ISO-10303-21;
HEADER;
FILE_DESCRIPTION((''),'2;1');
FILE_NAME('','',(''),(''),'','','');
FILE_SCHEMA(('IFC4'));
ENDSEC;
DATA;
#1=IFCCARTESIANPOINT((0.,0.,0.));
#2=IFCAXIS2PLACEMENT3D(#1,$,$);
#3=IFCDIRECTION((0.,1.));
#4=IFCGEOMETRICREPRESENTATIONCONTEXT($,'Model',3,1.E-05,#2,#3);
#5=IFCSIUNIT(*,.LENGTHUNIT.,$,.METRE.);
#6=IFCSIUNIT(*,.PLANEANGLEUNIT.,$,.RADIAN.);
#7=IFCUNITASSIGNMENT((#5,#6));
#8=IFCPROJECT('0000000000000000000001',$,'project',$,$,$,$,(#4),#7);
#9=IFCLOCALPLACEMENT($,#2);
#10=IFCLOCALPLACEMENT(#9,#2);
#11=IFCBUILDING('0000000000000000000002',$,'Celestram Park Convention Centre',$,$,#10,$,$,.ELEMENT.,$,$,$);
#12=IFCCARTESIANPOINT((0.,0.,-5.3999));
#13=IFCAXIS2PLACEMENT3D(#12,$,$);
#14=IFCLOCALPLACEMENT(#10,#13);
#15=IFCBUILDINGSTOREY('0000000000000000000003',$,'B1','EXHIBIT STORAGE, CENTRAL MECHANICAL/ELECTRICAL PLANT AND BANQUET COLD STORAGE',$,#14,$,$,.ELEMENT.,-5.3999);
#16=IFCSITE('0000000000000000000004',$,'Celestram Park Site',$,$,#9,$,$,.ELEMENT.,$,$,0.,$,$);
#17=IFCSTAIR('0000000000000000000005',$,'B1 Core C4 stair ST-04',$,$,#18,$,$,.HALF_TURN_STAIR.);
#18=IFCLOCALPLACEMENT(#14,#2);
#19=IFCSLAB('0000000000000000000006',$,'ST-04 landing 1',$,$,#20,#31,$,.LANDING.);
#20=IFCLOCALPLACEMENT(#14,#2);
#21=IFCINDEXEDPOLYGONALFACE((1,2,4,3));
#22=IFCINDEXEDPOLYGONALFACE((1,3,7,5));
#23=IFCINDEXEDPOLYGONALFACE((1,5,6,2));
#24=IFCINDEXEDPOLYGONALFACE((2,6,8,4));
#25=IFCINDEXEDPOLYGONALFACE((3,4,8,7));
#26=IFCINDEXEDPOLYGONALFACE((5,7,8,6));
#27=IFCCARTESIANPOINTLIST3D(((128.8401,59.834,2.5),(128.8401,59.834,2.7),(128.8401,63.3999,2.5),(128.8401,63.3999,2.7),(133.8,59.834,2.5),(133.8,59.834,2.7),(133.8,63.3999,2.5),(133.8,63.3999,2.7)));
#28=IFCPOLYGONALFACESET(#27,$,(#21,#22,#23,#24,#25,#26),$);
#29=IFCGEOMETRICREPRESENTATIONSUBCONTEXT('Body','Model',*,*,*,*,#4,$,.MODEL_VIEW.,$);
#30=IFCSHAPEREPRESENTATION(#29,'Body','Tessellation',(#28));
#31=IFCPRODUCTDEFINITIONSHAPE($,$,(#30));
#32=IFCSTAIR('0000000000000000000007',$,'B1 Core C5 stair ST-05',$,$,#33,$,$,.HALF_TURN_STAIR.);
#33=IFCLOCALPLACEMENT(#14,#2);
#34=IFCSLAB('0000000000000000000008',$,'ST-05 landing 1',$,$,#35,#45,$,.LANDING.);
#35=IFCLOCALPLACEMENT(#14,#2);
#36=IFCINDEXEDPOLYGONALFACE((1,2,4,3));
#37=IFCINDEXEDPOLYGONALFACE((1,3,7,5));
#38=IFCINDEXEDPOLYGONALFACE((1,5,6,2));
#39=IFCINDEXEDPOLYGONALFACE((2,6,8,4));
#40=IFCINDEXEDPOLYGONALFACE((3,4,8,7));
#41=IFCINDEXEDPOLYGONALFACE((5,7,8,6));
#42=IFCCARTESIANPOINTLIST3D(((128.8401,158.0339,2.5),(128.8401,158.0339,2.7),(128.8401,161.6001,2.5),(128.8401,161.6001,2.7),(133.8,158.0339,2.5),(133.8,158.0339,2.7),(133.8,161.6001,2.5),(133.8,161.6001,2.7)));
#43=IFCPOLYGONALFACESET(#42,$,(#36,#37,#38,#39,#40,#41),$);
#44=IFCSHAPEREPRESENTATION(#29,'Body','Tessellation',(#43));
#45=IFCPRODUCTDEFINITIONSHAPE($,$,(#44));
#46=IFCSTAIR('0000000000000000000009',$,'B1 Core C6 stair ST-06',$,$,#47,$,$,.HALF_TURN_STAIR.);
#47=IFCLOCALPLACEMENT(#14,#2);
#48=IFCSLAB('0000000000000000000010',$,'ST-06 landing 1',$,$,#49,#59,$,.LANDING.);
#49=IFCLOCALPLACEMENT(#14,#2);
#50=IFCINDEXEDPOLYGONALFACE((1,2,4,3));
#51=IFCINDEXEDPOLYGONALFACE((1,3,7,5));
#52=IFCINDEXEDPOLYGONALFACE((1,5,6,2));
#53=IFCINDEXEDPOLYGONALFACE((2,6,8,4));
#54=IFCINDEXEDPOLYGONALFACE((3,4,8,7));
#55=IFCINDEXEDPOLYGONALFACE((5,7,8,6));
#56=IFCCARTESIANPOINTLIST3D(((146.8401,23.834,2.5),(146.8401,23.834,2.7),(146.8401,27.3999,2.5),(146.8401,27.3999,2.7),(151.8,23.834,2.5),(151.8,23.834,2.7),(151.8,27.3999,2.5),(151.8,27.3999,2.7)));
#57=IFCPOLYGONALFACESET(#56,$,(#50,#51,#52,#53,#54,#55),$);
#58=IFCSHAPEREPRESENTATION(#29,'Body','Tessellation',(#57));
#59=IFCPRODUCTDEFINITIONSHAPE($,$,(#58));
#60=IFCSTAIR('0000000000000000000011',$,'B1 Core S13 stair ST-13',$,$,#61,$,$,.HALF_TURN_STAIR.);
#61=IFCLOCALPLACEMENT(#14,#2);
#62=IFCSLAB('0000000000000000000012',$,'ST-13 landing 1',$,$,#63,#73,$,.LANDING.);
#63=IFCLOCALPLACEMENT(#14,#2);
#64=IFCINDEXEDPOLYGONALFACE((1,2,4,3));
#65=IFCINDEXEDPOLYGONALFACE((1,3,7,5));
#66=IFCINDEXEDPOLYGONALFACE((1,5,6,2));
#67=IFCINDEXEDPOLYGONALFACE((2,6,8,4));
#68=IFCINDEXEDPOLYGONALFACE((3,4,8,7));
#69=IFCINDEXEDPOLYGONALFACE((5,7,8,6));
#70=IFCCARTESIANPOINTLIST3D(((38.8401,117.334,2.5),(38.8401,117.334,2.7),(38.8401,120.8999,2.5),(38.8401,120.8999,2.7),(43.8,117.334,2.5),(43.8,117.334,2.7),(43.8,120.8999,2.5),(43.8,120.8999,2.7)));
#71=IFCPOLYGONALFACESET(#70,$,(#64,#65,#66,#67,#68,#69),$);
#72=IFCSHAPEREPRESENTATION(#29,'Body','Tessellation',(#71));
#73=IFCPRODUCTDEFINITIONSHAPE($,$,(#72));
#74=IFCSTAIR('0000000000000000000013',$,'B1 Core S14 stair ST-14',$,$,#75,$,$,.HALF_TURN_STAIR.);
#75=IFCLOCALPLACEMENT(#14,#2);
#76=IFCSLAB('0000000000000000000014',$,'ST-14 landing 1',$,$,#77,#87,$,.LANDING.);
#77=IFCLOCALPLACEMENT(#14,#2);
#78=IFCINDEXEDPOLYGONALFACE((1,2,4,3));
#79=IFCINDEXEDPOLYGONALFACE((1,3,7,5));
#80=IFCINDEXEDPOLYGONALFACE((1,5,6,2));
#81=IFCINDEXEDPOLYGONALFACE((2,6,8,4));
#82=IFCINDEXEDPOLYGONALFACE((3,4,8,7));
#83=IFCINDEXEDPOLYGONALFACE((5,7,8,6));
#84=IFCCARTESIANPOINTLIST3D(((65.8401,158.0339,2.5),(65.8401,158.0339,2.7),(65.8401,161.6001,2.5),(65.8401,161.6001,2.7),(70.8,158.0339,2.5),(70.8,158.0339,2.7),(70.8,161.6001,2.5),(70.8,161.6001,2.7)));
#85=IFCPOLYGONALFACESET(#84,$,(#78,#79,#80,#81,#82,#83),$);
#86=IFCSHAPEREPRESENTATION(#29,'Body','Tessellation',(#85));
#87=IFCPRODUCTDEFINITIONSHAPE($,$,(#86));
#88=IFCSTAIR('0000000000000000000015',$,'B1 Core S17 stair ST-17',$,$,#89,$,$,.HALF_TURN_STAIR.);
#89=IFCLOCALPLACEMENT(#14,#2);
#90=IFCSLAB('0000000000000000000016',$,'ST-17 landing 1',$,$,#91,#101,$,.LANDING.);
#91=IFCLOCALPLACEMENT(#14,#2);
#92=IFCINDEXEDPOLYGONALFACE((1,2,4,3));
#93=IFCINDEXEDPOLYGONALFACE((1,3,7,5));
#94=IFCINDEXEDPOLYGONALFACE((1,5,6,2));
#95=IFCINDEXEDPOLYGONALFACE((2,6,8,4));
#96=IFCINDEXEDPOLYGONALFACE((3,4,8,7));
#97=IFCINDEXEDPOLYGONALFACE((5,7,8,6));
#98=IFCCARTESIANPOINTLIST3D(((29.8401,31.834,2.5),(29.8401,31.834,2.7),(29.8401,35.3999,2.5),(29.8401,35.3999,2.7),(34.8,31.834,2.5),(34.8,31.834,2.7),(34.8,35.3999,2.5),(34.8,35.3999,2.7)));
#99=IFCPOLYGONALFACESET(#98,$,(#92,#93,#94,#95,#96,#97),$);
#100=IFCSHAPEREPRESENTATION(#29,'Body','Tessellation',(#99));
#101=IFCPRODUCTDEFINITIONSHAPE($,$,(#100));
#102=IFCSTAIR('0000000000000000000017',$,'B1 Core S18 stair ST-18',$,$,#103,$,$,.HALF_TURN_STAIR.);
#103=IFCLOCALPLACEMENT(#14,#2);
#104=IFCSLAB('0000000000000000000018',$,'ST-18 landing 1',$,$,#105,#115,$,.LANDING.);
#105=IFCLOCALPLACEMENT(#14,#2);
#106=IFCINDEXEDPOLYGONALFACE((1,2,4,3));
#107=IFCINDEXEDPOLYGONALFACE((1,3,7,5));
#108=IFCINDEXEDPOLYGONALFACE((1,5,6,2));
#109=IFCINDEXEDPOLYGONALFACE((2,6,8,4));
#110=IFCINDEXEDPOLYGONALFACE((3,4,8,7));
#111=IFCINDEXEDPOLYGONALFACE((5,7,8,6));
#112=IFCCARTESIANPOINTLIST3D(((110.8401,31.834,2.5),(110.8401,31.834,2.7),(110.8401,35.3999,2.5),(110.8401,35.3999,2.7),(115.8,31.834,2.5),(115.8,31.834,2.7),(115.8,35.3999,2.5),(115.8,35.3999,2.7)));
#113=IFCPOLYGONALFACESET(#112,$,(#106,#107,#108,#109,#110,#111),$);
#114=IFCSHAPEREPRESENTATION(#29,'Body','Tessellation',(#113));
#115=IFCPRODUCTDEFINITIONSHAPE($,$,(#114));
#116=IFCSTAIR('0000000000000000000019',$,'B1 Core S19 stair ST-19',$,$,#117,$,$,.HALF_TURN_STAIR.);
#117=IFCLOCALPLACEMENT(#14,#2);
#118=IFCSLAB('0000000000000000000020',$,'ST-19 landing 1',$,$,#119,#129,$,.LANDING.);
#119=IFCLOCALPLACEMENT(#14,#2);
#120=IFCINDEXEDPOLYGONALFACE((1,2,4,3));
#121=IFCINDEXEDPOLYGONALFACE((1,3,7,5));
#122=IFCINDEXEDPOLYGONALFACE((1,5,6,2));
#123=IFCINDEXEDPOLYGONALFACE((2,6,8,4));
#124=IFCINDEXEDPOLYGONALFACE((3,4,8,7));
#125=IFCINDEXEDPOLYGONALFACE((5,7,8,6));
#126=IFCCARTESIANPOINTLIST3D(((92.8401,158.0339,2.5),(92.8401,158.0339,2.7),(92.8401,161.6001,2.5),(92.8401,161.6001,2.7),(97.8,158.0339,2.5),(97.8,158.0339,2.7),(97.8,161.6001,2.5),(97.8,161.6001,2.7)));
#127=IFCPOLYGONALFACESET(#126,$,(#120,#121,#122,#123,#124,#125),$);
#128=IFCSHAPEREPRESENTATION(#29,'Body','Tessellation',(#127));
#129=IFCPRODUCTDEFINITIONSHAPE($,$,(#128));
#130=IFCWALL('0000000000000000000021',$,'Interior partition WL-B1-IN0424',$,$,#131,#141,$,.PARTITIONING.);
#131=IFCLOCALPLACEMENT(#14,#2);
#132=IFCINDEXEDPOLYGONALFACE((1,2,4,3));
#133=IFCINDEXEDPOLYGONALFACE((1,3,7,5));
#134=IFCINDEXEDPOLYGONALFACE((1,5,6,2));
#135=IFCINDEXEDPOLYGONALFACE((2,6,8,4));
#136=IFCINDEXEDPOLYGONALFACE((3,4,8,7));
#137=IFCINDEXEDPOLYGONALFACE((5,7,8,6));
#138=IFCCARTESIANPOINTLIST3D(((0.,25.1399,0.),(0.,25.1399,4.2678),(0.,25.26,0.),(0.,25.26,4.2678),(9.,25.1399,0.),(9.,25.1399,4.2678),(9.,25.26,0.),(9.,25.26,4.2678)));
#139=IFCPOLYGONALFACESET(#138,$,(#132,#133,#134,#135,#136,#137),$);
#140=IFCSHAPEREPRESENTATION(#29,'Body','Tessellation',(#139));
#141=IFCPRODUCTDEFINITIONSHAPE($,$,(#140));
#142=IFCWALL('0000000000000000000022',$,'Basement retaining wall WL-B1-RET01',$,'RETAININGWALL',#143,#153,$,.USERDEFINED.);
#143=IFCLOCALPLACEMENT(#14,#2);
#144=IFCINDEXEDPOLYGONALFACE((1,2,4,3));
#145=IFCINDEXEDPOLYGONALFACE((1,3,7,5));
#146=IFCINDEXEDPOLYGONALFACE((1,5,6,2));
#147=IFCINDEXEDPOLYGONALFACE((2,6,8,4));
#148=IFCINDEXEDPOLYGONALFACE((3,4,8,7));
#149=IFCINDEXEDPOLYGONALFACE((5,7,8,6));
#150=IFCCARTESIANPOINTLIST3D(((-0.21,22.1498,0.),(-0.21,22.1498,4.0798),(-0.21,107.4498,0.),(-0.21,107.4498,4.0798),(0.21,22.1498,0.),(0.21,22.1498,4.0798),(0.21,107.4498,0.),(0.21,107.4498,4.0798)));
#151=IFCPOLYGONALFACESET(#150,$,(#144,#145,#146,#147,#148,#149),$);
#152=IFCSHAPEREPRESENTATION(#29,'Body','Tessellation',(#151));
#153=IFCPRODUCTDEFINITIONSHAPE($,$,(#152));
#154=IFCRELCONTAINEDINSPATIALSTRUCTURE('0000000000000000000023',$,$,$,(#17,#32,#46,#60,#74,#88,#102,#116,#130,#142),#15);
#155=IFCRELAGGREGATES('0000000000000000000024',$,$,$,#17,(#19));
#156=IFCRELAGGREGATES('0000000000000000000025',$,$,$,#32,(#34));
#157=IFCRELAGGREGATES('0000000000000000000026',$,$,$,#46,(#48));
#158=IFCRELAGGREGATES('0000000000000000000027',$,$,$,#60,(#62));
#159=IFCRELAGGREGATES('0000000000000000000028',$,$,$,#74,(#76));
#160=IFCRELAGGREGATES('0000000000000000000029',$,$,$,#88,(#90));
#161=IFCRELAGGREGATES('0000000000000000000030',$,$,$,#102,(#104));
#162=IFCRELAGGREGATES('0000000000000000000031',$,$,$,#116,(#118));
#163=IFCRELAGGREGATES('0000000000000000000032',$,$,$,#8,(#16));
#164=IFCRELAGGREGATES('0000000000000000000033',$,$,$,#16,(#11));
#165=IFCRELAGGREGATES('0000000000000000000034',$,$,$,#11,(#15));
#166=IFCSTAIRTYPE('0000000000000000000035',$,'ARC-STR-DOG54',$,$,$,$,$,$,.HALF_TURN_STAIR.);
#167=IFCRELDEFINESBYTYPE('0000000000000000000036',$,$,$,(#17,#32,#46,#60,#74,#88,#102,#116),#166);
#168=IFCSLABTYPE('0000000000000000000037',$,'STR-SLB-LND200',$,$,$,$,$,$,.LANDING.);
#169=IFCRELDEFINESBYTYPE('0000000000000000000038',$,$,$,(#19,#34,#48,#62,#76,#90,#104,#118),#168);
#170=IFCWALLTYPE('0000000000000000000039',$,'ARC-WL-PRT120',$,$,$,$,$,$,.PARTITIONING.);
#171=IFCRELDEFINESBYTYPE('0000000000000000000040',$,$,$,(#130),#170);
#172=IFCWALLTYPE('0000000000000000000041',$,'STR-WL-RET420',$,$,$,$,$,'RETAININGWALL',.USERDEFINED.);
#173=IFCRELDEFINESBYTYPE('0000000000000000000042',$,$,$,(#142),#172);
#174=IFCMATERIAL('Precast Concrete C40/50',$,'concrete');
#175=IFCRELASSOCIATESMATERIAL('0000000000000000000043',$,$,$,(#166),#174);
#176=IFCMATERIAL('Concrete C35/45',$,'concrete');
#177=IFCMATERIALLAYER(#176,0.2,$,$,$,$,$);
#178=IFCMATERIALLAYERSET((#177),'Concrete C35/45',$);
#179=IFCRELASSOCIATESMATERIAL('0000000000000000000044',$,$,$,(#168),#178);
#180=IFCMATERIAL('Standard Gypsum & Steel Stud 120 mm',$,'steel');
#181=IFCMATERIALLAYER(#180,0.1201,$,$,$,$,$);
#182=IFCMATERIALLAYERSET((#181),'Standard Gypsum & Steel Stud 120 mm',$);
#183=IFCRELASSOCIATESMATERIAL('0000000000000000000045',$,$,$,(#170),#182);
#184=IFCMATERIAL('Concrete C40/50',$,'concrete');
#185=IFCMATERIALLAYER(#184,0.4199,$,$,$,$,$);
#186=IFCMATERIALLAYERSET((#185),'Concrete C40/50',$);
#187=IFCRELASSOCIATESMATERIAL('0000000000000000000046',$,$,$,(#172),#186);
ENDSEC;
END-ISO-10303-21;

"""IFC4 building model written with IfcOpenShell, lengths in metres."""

from ifc_helpers import new_model, si_unit, direction, frame, frame_2d, origin, place, context, subcontext, project, spatial, polyline, rectangle, outline, extrude, material, layer, layer_set, type_object, element, aggregate, save


model = new_model("IFC4")

# Units and contexts
model_context = context("Model", 3, precision=1e-05, world=origin(), true_north=direction((0.0, 1.0)))
body_context = subcontext(model_context, "Body", "Model", "MODEL_VIEW")
ifc_project = project(units=[si_unit("LENGTHUNIT", "METRE"), si_unit("PLANEANGLEUNIT", "RADIAN")], contexts=[model_context])

# Site, building, storey
site_placement = place(None, origin())
site = spatial("IfcSite", under=ifc_project, at=site_placement, Name="Celestram Park Site", CompositionType="ELEMENT", RefElevation=0.0)
building_placement = place(site_placement, origin())
building = spatial("IfcBuilding", under=site, at=building_placement, Name="Celestram Park Convention Centre", CompositionType="ELEMENT")
storey_placement = place(building_placement, frame((0.0, 0.0, -5.3999)))
storey = spatial("IfcBuildingStorey", under=building, at=storey_placement, Name="B1", Description="EXHIBIT STORAGE, CENTRAL MECHANICAL/ELECTRICAL PLANT AND BANQUET COLD STORAGE", CompositionType="ELEMENT", Elevation=-5.3999)

# Shared definitions
ifc_material_1 = material(Name="Concrete C40/50", Category="concrete")
ifc_material_2 = material(Name="Concrete C35/45", Category="concrete")

# Stairs, slabs
ifc_material_3 = material(Name="Precast Concrete C40/50", Category="concrete")
stair_type = type_object("IfcStairType", Name="ARC-STR-DOG54", PredefinedType="HALF_TURN_STAIR", material=ifc_material_3)
ifc_layer_1 = layer(ifc_material_2, 0.2)
ifc_layer_set_1 = layer_set([ifc_layer_1], Name="Concrete C35/45")
slab_type_1 = type_object("IfcSlabType", Name="STR-SLB-LND200", PredefinedType="LANDING", material=ifc_layer_set_1)
stair_1_placement = place(storey_placement, origin())
stair_1 = element("IfcStair", 1, at=stair_1_placement, inside=storey, type_object=stair_type, Name="B1 Core C4 stair ST-04", PredefinedType="HALF_TURN_STAIR")
slab_1_placement = place(storey_placement, frame((0.0, 0.0, 2.5)))
slab_1 = element("IfcSlab", 2, at=slab_1_placement, type_object=slab_type_1, Name="ST-04 landing 1", PredefinedType="LANDING", context=body_context, shape_type="SweptSolid", body=[
    extrude(outline(polyline([(133.8, 59.834), (133.8, 63.3999), (128.8401, 63.3999), (128.8401, 59.834), (133.8, 59.834)])), origin(), (0.0, 0.0, 1.0), 0.2),
])
aggregate(stair_1, [slab_1])
stair_2_placement = place(storey_placement, origin())
stair_2 = element("IfcStair", 3, at=stair_2_placement, inside=storey, type_object=stair_type, Name="B1 Core C5 stair ST-05", PredefinedType="HALF_TURN_STAIR")
slab_2_placement = place(storey_placement, frame((0.0, 0.0, 2.5)))
slab_2 = element("IfcSlab", 4, at=slab_2_placement, type_object=slab_type_1, Name="ST-05 landing 1", PredefinedType="LANDING", context=body_context, shape_type="SweptSolid", body=[
    extrude(outline(polyline([(133.8, 158.0339), (133.8, 161.6001), (128.8401, 161.6001), (128.8401, 158.0339), (133.8, 158.0339)])), origin(), (0.0, 0.0, 1.0), 0.2),
])
aggregate(stair_2, [slab_2])
stair_3_placement = place(storey_placement, origin())
stair_3 = element("IfcStair", 5, at=stair_3_placement, inside=storey, type_object=stair_type, Name="B1 Core C6 stair ST-06", PredefinedType="HALF_TURN_STAIR")
slab_3_placement = place(storey_placement, frame((0.0, 0.0, 2.5)))
slab_3 = element("IfcSlab", 6, at=slab_3_placement, type_object=slab_type_1, Name="ST-06 landing 1", PredefinedType="LANDING", context=body_context, shape_type="SweptSolid", body=[
    extrude(outline(polyline([(151.8, 23.834), (151.8, 27.3999), (146.8401, 27.3999), (146.8401, 23.834), (151.8, 23.834)])), origin(), (0.0, 0.0, 1.0), 0.2),
])
aggregate(stair_3, [slab_3])
stair_4_placement = place(storey_placement, origin())
stair_4 = element("IfcStair", 7, at=stair_4_placement, inside=storey, type_object=stair_type, Name="B1 Core S13 stair ST-13", PredefinedType="HALF_TURN_STAIR")
slab_4_placement = place(storey_placement, frame((0.0, 0.0, 2.5)))
slab_4 = element("IfcSlab", 8, at=slab_4_placement, type_object=slab_type_1, Name="ST-13 landing 1", PredefinedType="LANDING", context=body_context, shape_type="SweptSolid", body=[
    extrude(outline(polyline([(43.8, 117.334), (43.8, 120.8999), (38.8401, 120.8999), (38.8401, 117.334), (43.8, 117.334)])), origin(), (0.0, 0.0, 1.0), 0.2),
])
aggregate(stair_4, [slab_4])
stair_5_placement = place(storey_placement, origin())
stair_5 = element("IfcStair", 9, at=stair_5_placement, inside=storey, type_object=stair_type, Name="B1 Core S14 stair ST-14", PredefinedType="HALF_TURN_STAIR")
slab_5_placement = place(storey_placement, frame((0.0, 0.0, 2.5)))
slab_5 = element("IfcSlab", 10, at=slab_5_placement, type_object=slab_type_1, Name="ST-14 landing 1", PredefinedType="LANDING", context=body_context, shape_type="SweptSolid", body=[
    extrude(outline(polyline([(70.8, 158.0339), (70.8, 161.6001), (65.8401, 161.6001), (65.8401, 158.0339), (70.8, 158.0339)])), origin(), (0.0, 0.0, 1.0), 0.2),
])
aggregate(stair_5, [slab_5])
stair_6_placement = place(storey_placement, origin())
stair_6 = element("IfcStair", 11, at=stair_6_placement, inside=storey, type_object=stair_type, Name="B1 Core S17 stair ST-17", PredefinedType="HALF_TURN_STAIR")
slab_6_placement = place(storey_placement, frame((0.0, 0.0, 2.5)))
slab_6 = element("IfcSlab", 12, at=slab_6_placement, type_object=slab_type_1, Name="ST-17 landing 1", PredefinedType="LANDING", context=body_context, shape_type="SweptSolid", body=[
    extrude(outline(polyline([(34.8, 31.834), (34.8, 35.3999), (29.8401, 35.3999), (29.8401, 31.834), (34.8, 31.834)])), origin(), (0.0, 0.0, 1.0), 0.2),
])
aggregate(stair_6, [slab_6])
stair_7_placement = place(storey_placement, origin())
stair_7 = element("IfcStair", 13, at=stair_7_placement, inside=storey, type_object=stair_type, Name="B1 Core S18 stair ST-18", PredefinedType="HALF_TURN_STAIR")
slab_7_placement = place(storey_placement, frame((0.0, 0.0, 2.5)))
slab_7 = element("IfcSlab", 14, at=slab_7_placement, type_object=slab_type_1, Name="ST-18 landing 1", PredefinedType="LANDING", context=body_context, shape_type="SweptSolid", body=[
    extrude(outline(polyline([(115.8, 31.834), (115.8, 35.3999), (110.8401, 35.3999), (110.8401, 31.834), (115.8, 31.834)])), origin(), (0.0, 0.0, 1.0), 0.2),
])
aggregate(stair_7, [slab_7])
stair_8_placement = place(storey_placement, origin())
stair_8 = element("IfcStair", 15, at=stair_8_placement, inside=storey, type_object=stair_type, Name="B1 Core S19 stair ST-19", PredefinedType="HALF_TURN_STAIR")
slab_8_placement = place(storey_placement, frame((0.0, 0.0, 2.5)))
slab_8 = element("IfcSlab", 16, at=slab_8_placement, type_object=slab_type_1, Name="ST-19 landing 1", PredefinedType="LANDING", context=body_context, shape_type="SweptSolid", body=[
    extrude(outline(polyline([(97.8, 158.0339), (97.8, 161.6001), (92.8401, 161.6001), (92.8401, 158.0339), (97.8, 158.0339)])), origin(), (0.0, 0.0, 1.0), 0.2),
])
aggregate(stair_8, [slab_8])

# Walls
ifc_material_4 = material(Name="Standard Gypsum & Steel Stud 120 mm", Category="steel")
ifc_layer_2 = layer(ifc_material_4, 0.1201)
ifc_layer_set_2 = layer_set([ifc_layer_2], Name="Standard Gypsum & Steel Stud 120 mm")
wall_type_1 = type_object("IfcWallType", Name="ARC-WL-PRT120", PredefinedType="PARTITIONING", material=ifc_layer_set_2)
wall_1_placement = place(storey_placement, frame((0.0, 25.2, 0.0), z_axis=(0.0, 0.0, 1.0), x_axis=(1.0, 0.0, 0.0)))
element("IfcWall", 17, at=wall_1_placement, inside=storey, type_object=wall_type_1, Name="Interior partition WL-B1-IN0424", PredefinedType="PARTITIONING", context=body_context, shape_type="SweptSolid", body=[
    extrude(rectangle(XDim=9.0, YDim=0.1201, at=frame_2d((4.5, 0.0))), origin(), (0.0, 0.0, 1.0), 4.2678),
])
ifc_layer_3 = layer(ifc_material_1, 0.4199)
ifc_layer_set_3 = layer_set([ifc_layer_3], Name="Concrete C40/50")
wall_type_2 = type_object("IfcWallType", Name="STR-WL-RET420", ElementType="RETAININGWALL", PredefinedType="USERDEFINED", material=ifc_layer_set_3)
wall_2_placement = place(storey_placement, frame((0.0, 22.1499, 0.0), z_axis=(0.0, 0.0, 1.0), x_axis=(0.0, 1.0, 0.0)))
element("IfcWall", 18, at=wall_2_placement, inside=storey, type_object=wall_type_2, Name="Basement retaining wall WL-B1-RET01", ObjectType="RETAININGWALL", PredefinedType="USERDEFINED", context=body_context, shape_type="SweptSolid", body=[
    extrude(rectangle(XDim=85.3, YDim=0.4199, at=frame_2d((42.6499, 0.0))), origin(), (0.0, 0.0, 1.0), 4.0798),
])

save(model, "model.ifc")
